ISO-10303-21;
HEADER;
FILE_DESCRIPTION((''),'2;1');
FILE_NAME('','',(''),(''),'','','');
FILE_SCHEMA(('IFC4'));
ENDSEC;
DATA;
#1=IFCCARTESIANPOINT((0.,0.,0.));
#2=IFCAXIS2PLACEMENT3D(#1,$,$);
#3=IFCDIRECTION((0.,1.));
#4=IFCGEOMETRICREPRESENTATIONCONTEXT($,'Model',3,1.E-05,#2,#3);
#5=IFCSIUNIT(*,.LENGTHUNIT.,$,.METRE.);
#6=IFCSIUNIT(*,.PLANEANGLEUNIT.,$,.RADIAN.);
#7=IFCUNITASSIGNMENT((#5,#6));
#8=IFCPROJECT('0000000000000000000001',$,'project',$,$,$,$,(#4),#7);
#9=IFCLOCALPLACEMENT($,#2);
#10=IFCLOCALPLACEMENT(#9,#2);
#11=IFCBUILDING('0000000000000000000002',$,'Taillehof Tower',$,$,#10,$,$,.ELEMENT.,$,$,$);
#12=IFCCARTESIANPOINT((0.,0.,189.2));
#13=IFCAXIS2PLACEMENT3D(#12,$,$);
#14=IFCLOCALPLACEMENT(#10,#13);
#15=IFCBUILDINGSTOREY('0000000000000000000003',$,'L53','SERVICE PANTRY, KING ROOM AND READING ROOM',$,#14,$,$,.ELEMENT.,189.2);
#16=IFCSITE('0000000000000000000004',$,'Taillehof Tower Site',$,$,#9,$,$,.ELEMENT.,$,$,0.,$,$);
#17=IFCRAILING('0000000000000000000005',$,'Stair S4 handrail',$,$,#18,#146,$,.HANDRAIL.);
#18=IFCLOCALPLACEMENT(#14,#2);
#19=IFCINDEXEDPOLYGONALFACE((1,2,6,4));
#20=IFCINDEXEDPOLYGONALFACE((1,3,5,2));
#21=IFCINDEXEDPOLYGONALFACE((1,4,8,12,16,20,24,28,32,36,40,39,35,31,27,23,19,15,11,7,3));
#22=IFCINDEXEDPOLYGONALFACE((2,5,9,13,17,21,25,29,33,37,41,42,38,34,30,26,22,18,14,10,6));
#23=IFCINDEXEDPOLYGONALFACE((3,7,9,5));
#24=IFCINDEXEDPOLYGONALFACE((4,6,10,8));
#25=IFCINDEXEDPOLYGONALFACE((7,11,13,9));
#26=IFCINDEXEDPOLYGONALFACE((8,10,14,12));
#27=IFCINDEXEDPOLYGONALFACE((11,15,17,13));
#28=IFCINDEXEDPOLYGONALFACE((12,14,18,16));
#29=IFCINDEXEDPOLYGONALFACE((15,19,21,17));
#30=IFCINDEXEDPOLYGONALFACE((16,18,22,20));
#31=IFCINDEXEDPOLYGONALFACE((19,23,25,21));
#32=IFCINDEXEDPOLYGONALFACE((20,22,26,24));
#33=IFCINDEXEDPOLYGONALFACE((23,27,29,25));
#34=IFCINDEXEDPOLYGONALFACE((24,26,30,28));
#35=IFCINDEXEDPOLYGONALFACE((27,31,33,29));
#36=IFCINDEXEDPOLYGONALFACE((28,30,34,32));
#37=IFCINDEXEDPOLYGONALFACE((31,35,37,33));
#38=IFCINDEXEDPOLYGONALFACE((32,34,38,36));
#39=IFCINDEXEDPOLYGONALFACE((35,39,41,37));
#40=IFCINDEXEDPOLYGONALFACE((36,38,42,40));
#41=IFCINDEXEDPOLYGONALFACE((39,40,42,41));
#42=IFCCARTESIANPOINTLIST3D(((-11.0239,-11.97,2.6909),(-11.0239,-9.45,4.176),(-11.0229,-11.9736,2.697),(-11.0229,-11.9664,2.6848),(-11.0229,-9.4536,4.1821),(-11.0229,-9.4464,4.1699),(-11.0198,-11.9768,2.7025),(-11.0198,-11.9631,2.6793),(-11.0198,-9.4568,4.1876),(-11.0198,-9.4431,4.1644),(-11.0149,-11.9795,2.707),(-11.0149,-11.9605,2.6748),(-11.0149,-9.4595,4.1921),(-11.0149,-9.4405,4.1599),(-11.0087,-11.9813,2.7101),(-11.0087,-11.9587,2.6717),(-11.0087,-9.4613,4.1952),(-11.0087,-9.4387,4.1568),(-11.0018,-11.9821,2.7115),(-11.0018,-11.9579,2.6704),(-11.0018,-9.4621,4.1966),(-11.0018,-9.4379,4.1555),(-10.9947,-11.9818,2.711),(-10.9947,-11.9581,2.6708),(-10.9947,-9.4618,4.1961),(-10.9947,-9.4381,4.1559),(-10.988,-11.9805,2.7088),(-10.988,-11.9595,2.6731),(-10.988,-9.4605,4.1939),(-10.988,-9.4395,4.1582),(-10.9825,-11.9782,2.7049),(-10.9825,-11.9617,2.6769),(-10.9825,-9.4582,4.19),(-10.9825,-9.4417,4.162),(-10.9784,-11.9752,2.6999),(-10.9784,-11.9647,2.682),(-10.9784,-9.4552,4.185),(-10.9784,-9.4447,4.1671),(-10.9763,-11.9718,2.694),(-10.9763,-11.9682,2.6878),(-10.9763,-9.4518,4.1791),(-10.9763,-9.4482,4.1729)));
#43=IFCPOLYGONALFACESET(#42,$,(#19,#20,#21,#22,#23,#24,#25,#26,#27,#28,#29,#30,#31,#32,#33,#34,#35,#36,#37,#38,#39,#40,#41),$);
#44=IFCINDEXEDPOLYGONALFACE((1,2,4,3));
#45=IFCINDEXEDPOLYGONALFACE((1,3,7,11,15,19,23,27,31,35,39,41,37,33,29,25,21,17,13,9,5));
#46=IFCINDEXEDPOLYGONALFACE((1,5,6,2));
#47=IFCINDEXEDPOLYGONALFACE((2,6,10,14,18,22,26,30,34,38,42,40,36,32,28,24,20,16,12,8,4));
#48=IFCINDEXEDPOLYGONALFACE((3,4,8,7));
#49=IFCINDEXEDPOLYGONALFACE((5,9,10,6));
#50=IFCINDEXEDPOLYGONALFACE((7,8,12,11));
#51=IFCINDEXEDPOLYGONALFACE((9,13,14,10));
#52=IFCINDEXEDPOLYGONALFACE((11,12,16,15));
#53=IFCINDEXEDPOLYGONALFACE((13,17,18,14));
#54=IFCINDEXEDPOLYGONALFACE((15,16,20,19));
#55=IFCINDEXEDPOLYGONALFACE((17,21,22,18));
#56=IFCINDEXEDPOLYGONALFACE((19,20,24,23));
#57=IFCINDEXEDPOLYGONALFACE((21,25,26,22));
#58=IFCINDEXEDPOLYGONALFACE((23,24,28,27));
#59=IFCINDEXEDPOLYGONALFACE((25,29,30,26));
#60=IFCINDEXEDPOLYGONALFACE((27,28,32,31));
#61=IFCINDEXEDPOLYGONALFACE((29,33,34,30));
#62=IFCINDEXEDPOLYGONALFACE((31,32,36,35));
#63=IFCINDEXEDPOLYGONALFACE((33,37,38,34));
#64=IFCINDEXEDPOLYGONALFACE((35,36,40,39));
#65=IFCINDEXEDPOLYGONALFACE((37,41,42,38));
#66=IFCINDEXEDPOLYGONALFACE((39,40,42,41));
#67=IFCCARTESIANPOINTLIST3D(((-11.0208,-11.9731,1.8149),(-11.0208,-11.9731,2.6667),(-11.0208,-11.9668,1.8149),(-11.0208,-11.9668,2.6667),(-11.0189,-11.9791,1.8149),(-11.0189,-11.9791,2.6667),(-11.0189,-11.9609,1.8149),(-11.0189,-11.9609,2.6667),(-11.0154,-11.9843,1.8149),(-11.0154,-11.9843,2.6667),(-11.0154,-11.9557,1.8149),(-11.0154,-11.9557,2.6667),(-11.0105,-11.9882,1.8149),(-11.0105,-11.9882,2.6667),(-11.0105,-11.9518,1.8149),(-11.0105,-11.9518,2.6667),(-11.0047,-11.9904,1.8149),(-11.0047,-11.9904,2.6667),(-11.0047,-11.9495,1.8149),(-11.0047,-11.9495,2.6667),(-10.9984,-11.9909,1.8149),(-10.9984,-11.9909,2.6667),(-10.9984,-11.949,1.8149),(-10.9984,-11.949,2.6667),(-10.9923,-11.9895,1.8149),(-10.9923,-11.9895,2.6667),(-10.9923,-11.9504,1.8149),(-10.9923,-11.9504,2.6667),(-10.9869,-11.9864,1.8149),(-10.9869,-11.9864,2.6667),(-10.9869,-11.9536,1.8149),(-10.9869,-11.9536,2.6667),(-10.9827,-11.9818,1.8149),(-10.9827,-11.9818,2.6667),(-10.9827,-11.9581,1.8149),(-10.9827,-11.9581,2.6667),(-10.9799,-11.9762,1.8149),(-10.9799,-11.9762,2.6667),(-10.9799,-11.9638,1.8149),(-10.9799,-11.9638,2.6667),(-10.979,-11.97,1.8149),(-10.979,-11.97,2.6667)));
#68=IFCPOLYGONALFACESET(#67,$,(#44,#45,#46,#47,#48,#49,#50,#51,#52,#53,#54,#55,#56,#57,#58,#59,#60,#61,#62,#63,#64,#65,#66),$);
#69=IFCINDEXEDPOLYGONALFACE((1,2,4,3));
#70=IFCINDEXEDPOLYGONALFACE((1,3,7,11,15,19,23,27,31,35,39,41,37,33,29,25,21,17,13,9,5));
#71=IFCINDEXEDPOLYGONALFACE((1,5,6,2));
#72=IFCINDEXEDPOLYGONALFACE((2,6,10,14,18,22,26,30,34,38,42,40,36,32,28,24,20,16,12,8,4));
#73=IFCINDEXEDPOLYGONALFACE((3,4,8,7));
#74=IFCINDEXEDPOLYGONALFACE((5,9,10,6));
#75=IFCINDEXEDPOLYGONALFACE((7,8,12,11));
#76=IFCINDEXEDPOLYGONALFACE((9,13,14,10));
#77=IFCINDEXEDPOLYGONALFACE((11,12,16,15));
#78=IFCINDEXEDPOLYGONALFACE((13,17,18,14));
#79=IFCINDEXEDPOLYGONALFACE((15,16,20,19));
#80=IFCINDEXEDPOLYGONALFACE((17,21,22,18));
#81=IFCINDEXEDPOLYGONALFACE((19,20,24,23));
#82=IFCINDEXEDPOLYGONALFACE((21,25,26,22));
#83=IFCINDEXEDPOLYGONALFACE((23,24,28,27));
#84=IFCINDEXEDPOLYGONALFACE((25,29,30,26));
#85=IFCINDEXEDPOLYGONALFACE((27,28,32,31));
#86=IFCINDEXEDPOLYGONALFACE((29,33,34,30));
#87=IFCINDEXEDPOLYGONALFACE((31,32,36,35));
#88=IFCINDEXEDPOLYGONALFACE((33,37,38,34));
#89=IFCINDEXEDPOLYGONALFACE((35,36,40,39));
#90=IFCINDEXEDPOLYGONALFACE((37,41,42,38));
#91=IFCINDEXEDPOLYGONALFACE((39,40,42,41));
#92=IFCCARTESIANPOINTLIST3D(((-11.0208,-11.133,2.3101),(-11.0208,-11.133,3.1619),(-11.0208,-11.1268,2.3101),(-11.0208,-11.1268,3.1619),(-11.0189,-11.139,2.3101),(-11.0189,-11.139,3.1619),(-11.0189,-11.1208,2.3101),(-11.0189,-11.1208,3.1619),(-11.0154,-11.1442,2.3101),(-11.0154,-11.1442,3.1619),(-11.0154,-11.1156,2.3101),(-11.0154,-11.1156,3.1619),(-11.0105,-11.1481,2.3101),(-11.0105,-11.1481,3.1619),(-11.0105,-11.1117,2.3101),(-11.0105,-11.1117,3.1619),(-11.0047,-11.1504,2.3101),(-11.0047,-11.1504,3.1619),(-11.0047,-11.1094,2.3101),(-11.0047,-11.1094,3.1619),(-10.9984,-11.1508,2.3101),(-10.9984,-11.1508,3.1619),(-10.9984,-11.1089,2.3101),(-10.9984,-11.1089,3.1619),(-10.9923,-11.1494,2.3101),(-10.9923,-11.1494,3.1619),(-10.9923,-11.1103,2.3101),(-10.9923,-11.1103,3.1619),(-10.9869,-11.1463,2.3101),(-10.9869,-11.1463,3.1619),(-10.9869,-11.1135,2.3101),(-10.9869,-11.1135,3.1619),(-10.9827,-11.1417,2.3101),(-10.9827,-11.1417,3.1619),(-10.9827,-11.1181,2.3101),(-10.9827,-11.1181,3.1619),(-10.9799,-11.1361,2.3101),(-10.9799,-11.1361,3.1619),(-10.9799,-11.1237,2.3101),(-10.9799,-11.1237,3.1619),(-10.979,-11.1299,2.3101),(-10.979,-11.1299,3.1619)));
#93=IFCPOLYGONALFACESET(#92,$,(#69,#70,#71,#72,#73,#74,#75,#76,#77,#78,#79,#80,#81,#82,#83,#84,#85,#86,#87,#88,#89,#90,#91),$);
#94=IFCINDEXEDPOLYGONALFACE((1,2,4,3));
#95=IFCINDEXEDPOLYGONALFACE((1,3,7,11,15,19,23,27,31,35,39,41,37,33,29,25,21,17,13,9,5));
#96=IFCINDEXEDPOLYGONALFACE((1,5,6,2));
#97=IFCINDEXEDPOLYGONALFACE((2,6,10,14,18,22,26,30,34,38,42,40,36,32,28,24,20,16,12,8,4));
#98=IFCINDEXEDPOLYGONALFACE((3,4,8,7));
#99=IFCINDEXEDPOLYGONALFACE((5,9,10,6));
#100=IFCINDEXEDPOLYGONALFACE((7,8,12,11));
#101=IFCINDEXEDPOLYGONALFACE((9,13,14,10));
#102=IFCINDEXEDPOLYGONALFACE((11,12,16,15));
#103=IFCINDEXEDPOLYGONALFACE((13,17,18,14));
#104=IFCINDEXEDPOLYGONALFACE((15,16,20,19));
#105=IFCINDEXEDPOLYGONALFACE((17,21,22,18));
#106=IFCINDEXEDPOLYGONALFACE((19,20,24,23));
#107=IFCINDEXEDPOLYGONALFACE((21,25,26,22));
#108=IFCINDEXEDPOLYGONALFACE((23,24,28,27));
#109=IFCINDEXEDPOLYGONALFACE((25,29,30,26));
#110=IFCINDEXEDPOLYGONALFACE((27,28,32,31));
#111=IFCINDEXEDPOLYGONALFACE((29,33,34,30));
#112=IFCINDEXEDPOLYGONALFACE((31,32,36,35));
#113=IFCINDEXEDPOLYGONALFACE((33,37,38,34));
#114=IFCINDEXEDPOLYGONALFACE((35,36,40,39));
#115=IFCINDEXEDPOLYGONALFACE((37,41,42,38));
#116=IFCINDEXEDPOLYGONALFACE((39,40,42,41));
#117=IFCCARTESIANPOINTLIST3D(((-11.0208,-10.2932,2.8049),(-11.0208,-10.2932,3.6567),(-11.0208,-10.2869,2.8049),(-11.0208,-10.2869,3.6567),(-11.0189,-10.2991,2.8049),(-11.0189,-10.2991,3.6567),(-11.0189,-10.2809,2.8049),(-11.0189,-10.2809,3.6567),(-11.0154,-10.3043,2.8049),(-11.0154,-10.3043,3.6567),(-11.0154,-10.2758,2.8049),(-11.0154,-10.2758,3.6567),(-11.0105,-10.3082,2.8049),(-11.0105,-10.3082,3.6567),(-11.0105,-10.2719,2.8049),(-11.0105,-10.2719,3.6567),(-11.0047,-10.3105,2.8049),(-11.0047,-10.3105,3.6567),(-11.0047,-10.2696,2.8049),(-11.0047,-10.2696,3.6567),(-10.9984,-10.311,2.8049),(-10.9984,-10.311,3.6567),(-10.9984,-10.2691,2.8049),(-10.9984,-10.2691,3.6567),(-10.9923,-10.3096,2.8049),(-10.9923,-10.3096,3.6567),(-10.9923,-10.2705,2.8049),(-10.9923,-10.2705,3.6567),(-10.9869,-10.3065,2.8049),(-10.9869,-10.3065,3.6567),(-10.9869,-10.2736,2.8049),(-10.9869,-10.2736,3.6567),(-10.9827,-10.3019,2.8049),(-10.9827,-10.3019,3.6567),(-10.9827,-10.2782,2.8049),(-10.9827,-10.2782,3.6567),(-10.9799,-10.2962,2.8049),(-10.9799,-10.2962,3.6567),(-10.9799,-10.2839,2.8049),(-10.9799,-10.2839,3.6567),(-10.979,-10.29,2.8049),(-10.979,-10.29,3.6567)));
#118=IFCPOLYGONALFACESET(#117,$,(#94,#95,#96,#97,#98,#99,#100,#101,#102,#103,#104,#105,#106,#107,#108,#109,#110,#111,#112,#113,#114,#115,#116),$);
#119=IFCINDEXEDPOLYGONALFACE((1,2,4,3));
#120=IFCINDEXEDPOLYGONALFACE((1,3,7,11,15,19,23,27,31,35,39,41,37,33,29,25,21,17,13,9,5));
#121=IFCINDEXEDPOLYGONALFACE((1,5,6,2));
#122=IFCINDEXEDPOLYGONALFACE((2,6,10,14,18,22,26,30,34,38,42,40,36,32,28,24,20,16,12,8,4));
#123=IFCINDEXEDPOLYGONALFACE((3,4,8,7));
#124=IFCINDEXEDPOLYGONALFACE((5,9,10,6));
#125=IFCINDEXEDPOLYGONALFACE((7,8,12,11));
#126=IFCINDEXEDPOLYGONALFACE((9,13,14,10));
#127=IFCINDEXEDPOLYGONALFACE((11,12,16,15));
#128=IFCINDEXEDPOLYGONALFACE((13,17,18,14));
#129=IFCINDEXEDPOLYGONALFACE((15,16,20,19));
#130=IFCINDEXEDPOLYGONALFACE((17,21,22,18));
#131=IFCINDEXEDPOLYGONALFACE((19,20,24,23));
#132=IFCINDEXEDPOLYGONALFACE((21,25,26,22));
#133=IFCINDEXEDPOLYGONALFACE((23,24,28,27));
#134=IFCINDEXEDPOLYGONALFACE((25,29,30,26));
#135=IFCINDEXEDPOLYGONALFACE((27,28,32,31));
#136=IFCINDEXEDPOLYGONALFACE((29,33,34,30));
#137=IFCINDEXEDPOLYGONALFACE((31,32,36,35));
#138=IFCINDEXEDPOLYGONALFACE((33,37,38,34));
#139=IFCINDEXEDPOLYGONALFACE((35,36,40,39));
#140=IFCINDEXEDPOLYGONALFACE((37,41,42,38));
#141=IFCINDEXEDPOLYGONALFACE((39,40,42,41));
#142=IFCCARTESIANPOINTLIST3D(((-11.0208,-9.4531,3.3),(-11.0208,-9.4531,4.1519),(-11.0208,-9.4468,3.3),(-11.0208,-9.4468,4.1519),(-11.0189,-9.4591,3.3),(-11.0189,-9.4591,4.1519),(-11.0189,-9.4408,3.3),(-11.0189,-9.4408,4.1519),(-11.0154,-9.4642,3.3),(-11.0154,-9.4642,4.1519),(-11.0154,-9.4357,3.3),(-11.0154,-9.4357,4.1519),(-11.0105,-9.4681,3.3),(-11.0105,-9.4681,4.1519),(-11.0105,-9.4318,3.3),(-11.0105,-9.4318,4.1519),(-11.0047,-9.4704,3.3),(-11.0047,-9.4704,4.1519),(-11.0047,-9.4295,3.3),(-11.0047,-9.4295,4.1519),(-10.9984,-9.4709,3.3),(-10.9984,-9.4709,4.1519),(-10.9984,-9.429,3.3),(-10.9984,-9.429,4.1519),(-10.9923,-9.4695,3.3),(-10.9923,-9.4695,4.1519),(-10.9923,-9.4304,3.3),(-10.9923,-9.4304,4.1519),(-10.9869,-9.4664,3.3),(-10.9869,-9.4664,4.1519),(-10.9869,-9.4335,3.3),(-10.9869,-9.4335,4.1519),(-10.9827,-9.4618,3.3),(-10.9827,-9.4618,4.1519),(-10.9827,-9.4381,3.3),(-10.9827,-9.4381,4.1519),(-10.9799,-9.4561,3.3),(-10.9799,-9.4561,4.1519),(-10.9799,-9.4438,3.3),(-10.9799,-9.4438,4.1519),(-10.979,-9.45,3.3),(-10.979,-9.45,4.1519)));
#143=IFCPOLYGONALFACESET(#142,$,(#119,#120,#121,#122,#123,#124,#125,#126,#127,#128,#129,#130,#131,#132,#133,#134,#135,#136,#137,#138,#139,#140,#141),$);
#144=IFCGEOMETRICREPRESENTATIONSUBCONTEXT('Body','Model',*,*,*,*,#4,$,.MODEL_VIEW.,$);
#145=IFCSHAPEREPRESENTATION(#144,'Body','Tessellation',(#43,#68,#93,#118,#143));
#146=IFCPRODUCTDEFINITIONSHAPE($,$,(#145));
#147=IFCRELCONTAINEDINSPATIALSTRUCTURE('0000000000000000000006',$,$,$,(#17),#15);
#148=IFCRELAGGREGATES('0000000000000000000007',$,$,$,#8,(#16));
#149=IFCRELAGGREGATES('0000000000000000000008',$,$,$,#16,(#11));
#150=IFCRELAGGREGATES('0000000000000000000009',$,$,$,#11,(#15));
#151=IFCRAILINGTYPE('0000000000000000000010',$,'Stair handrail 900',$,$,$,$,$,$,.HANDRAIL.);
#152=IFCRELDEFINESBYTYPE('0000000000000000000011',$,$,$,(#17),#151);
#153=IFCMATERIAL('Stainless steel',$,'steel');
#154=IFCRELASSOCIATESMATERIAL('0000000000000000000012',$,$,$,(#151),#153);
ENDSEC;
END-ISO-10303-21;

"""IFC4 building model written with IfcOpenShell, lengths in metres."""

from ifc_helpers import new_model, si_unit, direction, frame, origin, origin_2d, place, context, subcontext, project, spatial, circle, extrude, material, type_object, element, save


model = new_model("IFC4")

# Units and contexts
model_context = context("Model", 3, precision=1e-05, world=origin(), true_north=direction((0.0, 1.0)))
body_context = subcontext(model_context, "Body", "Model", "MODEL_VIEW")
ifc_project = project(units=[si_unit("LENGTHUNIT", "METRE"), si_unit("PLANEANGLEUNIT", "RADIAN")], contexts=[model_context])

# Site, building, storey
site_placement = place(None, origin())
site = spatial("IfcSite", under=ifc_project, at=site_placement, Name="Taillehof Tower Site", CompositionType="ELEMENT", RefElevation=0.0)
building_placement = place(site_placement, origin())
building = spatial("IfcBuilding", under=site, at=building_placement, Name="Taillehof Tower", CompositionType="ELEMENT")
storey_placement = place(building_placement, frame((0.0, 0.0, 189.2)))
storey = spatial("IfcBuildingStorey", under=building, at=storey_placement, Name="L53", Description="SERVICE PANTRY, KING ROOM AND READING ROOM", CompositionType="ELEMENT", Elevation=189.2)

# Railing
ifc_material_1 = material(Name="Stainless steel", Category="steel")
railing_type = type_object("IfcRailingType", Name="Stair handrail 900", PredefinedType="HANDRAIL", material=ifc_material_1)
railing_placement = place(storey_placement, frame((-11.0, -11.97, 1.8149)))
element("IfcRailing", 1, at=railing_placement, inside=storey, type_object=railing_type, Name="Stair S4 handrail", PredefinedType="HANDRAIL", context=body_context, shape_type="SweptSolid", body=[
    extrude(circle(Radius=0.0239, at=origin_2d()), frame((0.0, 0.0, 0.876), z_axis=(0.0, 0.861524, 0.507717), x_axis=(-1.0, 0.0, 0.0)), (0.0, 0.0, 1.0), 2.925),
    extrude(circle(Radius=0.021, at=origin_2d()), origin(), (0.0, 0.0, 1.0), 0.8518),
    extrude(circle(Radius=0.021, at=origin_2d()), frame((0.0, 0.8401, 0.4951)), (0.0, 0.0, 1.0), 0.8518),
    extrude(circle(Radius=0.021, at=origin_2d()), frame((0.0, 1.6799, 0.99)), (0.0, 0.0, 1.0), 0.8518),
    extrude(circle(Radius=0.021, at=origin_2d()), frame((0.0, 2.52, 1.4851)), (0.0, 0.0, 1.0), 0.8518),
])

save(model, "model.ifc")
